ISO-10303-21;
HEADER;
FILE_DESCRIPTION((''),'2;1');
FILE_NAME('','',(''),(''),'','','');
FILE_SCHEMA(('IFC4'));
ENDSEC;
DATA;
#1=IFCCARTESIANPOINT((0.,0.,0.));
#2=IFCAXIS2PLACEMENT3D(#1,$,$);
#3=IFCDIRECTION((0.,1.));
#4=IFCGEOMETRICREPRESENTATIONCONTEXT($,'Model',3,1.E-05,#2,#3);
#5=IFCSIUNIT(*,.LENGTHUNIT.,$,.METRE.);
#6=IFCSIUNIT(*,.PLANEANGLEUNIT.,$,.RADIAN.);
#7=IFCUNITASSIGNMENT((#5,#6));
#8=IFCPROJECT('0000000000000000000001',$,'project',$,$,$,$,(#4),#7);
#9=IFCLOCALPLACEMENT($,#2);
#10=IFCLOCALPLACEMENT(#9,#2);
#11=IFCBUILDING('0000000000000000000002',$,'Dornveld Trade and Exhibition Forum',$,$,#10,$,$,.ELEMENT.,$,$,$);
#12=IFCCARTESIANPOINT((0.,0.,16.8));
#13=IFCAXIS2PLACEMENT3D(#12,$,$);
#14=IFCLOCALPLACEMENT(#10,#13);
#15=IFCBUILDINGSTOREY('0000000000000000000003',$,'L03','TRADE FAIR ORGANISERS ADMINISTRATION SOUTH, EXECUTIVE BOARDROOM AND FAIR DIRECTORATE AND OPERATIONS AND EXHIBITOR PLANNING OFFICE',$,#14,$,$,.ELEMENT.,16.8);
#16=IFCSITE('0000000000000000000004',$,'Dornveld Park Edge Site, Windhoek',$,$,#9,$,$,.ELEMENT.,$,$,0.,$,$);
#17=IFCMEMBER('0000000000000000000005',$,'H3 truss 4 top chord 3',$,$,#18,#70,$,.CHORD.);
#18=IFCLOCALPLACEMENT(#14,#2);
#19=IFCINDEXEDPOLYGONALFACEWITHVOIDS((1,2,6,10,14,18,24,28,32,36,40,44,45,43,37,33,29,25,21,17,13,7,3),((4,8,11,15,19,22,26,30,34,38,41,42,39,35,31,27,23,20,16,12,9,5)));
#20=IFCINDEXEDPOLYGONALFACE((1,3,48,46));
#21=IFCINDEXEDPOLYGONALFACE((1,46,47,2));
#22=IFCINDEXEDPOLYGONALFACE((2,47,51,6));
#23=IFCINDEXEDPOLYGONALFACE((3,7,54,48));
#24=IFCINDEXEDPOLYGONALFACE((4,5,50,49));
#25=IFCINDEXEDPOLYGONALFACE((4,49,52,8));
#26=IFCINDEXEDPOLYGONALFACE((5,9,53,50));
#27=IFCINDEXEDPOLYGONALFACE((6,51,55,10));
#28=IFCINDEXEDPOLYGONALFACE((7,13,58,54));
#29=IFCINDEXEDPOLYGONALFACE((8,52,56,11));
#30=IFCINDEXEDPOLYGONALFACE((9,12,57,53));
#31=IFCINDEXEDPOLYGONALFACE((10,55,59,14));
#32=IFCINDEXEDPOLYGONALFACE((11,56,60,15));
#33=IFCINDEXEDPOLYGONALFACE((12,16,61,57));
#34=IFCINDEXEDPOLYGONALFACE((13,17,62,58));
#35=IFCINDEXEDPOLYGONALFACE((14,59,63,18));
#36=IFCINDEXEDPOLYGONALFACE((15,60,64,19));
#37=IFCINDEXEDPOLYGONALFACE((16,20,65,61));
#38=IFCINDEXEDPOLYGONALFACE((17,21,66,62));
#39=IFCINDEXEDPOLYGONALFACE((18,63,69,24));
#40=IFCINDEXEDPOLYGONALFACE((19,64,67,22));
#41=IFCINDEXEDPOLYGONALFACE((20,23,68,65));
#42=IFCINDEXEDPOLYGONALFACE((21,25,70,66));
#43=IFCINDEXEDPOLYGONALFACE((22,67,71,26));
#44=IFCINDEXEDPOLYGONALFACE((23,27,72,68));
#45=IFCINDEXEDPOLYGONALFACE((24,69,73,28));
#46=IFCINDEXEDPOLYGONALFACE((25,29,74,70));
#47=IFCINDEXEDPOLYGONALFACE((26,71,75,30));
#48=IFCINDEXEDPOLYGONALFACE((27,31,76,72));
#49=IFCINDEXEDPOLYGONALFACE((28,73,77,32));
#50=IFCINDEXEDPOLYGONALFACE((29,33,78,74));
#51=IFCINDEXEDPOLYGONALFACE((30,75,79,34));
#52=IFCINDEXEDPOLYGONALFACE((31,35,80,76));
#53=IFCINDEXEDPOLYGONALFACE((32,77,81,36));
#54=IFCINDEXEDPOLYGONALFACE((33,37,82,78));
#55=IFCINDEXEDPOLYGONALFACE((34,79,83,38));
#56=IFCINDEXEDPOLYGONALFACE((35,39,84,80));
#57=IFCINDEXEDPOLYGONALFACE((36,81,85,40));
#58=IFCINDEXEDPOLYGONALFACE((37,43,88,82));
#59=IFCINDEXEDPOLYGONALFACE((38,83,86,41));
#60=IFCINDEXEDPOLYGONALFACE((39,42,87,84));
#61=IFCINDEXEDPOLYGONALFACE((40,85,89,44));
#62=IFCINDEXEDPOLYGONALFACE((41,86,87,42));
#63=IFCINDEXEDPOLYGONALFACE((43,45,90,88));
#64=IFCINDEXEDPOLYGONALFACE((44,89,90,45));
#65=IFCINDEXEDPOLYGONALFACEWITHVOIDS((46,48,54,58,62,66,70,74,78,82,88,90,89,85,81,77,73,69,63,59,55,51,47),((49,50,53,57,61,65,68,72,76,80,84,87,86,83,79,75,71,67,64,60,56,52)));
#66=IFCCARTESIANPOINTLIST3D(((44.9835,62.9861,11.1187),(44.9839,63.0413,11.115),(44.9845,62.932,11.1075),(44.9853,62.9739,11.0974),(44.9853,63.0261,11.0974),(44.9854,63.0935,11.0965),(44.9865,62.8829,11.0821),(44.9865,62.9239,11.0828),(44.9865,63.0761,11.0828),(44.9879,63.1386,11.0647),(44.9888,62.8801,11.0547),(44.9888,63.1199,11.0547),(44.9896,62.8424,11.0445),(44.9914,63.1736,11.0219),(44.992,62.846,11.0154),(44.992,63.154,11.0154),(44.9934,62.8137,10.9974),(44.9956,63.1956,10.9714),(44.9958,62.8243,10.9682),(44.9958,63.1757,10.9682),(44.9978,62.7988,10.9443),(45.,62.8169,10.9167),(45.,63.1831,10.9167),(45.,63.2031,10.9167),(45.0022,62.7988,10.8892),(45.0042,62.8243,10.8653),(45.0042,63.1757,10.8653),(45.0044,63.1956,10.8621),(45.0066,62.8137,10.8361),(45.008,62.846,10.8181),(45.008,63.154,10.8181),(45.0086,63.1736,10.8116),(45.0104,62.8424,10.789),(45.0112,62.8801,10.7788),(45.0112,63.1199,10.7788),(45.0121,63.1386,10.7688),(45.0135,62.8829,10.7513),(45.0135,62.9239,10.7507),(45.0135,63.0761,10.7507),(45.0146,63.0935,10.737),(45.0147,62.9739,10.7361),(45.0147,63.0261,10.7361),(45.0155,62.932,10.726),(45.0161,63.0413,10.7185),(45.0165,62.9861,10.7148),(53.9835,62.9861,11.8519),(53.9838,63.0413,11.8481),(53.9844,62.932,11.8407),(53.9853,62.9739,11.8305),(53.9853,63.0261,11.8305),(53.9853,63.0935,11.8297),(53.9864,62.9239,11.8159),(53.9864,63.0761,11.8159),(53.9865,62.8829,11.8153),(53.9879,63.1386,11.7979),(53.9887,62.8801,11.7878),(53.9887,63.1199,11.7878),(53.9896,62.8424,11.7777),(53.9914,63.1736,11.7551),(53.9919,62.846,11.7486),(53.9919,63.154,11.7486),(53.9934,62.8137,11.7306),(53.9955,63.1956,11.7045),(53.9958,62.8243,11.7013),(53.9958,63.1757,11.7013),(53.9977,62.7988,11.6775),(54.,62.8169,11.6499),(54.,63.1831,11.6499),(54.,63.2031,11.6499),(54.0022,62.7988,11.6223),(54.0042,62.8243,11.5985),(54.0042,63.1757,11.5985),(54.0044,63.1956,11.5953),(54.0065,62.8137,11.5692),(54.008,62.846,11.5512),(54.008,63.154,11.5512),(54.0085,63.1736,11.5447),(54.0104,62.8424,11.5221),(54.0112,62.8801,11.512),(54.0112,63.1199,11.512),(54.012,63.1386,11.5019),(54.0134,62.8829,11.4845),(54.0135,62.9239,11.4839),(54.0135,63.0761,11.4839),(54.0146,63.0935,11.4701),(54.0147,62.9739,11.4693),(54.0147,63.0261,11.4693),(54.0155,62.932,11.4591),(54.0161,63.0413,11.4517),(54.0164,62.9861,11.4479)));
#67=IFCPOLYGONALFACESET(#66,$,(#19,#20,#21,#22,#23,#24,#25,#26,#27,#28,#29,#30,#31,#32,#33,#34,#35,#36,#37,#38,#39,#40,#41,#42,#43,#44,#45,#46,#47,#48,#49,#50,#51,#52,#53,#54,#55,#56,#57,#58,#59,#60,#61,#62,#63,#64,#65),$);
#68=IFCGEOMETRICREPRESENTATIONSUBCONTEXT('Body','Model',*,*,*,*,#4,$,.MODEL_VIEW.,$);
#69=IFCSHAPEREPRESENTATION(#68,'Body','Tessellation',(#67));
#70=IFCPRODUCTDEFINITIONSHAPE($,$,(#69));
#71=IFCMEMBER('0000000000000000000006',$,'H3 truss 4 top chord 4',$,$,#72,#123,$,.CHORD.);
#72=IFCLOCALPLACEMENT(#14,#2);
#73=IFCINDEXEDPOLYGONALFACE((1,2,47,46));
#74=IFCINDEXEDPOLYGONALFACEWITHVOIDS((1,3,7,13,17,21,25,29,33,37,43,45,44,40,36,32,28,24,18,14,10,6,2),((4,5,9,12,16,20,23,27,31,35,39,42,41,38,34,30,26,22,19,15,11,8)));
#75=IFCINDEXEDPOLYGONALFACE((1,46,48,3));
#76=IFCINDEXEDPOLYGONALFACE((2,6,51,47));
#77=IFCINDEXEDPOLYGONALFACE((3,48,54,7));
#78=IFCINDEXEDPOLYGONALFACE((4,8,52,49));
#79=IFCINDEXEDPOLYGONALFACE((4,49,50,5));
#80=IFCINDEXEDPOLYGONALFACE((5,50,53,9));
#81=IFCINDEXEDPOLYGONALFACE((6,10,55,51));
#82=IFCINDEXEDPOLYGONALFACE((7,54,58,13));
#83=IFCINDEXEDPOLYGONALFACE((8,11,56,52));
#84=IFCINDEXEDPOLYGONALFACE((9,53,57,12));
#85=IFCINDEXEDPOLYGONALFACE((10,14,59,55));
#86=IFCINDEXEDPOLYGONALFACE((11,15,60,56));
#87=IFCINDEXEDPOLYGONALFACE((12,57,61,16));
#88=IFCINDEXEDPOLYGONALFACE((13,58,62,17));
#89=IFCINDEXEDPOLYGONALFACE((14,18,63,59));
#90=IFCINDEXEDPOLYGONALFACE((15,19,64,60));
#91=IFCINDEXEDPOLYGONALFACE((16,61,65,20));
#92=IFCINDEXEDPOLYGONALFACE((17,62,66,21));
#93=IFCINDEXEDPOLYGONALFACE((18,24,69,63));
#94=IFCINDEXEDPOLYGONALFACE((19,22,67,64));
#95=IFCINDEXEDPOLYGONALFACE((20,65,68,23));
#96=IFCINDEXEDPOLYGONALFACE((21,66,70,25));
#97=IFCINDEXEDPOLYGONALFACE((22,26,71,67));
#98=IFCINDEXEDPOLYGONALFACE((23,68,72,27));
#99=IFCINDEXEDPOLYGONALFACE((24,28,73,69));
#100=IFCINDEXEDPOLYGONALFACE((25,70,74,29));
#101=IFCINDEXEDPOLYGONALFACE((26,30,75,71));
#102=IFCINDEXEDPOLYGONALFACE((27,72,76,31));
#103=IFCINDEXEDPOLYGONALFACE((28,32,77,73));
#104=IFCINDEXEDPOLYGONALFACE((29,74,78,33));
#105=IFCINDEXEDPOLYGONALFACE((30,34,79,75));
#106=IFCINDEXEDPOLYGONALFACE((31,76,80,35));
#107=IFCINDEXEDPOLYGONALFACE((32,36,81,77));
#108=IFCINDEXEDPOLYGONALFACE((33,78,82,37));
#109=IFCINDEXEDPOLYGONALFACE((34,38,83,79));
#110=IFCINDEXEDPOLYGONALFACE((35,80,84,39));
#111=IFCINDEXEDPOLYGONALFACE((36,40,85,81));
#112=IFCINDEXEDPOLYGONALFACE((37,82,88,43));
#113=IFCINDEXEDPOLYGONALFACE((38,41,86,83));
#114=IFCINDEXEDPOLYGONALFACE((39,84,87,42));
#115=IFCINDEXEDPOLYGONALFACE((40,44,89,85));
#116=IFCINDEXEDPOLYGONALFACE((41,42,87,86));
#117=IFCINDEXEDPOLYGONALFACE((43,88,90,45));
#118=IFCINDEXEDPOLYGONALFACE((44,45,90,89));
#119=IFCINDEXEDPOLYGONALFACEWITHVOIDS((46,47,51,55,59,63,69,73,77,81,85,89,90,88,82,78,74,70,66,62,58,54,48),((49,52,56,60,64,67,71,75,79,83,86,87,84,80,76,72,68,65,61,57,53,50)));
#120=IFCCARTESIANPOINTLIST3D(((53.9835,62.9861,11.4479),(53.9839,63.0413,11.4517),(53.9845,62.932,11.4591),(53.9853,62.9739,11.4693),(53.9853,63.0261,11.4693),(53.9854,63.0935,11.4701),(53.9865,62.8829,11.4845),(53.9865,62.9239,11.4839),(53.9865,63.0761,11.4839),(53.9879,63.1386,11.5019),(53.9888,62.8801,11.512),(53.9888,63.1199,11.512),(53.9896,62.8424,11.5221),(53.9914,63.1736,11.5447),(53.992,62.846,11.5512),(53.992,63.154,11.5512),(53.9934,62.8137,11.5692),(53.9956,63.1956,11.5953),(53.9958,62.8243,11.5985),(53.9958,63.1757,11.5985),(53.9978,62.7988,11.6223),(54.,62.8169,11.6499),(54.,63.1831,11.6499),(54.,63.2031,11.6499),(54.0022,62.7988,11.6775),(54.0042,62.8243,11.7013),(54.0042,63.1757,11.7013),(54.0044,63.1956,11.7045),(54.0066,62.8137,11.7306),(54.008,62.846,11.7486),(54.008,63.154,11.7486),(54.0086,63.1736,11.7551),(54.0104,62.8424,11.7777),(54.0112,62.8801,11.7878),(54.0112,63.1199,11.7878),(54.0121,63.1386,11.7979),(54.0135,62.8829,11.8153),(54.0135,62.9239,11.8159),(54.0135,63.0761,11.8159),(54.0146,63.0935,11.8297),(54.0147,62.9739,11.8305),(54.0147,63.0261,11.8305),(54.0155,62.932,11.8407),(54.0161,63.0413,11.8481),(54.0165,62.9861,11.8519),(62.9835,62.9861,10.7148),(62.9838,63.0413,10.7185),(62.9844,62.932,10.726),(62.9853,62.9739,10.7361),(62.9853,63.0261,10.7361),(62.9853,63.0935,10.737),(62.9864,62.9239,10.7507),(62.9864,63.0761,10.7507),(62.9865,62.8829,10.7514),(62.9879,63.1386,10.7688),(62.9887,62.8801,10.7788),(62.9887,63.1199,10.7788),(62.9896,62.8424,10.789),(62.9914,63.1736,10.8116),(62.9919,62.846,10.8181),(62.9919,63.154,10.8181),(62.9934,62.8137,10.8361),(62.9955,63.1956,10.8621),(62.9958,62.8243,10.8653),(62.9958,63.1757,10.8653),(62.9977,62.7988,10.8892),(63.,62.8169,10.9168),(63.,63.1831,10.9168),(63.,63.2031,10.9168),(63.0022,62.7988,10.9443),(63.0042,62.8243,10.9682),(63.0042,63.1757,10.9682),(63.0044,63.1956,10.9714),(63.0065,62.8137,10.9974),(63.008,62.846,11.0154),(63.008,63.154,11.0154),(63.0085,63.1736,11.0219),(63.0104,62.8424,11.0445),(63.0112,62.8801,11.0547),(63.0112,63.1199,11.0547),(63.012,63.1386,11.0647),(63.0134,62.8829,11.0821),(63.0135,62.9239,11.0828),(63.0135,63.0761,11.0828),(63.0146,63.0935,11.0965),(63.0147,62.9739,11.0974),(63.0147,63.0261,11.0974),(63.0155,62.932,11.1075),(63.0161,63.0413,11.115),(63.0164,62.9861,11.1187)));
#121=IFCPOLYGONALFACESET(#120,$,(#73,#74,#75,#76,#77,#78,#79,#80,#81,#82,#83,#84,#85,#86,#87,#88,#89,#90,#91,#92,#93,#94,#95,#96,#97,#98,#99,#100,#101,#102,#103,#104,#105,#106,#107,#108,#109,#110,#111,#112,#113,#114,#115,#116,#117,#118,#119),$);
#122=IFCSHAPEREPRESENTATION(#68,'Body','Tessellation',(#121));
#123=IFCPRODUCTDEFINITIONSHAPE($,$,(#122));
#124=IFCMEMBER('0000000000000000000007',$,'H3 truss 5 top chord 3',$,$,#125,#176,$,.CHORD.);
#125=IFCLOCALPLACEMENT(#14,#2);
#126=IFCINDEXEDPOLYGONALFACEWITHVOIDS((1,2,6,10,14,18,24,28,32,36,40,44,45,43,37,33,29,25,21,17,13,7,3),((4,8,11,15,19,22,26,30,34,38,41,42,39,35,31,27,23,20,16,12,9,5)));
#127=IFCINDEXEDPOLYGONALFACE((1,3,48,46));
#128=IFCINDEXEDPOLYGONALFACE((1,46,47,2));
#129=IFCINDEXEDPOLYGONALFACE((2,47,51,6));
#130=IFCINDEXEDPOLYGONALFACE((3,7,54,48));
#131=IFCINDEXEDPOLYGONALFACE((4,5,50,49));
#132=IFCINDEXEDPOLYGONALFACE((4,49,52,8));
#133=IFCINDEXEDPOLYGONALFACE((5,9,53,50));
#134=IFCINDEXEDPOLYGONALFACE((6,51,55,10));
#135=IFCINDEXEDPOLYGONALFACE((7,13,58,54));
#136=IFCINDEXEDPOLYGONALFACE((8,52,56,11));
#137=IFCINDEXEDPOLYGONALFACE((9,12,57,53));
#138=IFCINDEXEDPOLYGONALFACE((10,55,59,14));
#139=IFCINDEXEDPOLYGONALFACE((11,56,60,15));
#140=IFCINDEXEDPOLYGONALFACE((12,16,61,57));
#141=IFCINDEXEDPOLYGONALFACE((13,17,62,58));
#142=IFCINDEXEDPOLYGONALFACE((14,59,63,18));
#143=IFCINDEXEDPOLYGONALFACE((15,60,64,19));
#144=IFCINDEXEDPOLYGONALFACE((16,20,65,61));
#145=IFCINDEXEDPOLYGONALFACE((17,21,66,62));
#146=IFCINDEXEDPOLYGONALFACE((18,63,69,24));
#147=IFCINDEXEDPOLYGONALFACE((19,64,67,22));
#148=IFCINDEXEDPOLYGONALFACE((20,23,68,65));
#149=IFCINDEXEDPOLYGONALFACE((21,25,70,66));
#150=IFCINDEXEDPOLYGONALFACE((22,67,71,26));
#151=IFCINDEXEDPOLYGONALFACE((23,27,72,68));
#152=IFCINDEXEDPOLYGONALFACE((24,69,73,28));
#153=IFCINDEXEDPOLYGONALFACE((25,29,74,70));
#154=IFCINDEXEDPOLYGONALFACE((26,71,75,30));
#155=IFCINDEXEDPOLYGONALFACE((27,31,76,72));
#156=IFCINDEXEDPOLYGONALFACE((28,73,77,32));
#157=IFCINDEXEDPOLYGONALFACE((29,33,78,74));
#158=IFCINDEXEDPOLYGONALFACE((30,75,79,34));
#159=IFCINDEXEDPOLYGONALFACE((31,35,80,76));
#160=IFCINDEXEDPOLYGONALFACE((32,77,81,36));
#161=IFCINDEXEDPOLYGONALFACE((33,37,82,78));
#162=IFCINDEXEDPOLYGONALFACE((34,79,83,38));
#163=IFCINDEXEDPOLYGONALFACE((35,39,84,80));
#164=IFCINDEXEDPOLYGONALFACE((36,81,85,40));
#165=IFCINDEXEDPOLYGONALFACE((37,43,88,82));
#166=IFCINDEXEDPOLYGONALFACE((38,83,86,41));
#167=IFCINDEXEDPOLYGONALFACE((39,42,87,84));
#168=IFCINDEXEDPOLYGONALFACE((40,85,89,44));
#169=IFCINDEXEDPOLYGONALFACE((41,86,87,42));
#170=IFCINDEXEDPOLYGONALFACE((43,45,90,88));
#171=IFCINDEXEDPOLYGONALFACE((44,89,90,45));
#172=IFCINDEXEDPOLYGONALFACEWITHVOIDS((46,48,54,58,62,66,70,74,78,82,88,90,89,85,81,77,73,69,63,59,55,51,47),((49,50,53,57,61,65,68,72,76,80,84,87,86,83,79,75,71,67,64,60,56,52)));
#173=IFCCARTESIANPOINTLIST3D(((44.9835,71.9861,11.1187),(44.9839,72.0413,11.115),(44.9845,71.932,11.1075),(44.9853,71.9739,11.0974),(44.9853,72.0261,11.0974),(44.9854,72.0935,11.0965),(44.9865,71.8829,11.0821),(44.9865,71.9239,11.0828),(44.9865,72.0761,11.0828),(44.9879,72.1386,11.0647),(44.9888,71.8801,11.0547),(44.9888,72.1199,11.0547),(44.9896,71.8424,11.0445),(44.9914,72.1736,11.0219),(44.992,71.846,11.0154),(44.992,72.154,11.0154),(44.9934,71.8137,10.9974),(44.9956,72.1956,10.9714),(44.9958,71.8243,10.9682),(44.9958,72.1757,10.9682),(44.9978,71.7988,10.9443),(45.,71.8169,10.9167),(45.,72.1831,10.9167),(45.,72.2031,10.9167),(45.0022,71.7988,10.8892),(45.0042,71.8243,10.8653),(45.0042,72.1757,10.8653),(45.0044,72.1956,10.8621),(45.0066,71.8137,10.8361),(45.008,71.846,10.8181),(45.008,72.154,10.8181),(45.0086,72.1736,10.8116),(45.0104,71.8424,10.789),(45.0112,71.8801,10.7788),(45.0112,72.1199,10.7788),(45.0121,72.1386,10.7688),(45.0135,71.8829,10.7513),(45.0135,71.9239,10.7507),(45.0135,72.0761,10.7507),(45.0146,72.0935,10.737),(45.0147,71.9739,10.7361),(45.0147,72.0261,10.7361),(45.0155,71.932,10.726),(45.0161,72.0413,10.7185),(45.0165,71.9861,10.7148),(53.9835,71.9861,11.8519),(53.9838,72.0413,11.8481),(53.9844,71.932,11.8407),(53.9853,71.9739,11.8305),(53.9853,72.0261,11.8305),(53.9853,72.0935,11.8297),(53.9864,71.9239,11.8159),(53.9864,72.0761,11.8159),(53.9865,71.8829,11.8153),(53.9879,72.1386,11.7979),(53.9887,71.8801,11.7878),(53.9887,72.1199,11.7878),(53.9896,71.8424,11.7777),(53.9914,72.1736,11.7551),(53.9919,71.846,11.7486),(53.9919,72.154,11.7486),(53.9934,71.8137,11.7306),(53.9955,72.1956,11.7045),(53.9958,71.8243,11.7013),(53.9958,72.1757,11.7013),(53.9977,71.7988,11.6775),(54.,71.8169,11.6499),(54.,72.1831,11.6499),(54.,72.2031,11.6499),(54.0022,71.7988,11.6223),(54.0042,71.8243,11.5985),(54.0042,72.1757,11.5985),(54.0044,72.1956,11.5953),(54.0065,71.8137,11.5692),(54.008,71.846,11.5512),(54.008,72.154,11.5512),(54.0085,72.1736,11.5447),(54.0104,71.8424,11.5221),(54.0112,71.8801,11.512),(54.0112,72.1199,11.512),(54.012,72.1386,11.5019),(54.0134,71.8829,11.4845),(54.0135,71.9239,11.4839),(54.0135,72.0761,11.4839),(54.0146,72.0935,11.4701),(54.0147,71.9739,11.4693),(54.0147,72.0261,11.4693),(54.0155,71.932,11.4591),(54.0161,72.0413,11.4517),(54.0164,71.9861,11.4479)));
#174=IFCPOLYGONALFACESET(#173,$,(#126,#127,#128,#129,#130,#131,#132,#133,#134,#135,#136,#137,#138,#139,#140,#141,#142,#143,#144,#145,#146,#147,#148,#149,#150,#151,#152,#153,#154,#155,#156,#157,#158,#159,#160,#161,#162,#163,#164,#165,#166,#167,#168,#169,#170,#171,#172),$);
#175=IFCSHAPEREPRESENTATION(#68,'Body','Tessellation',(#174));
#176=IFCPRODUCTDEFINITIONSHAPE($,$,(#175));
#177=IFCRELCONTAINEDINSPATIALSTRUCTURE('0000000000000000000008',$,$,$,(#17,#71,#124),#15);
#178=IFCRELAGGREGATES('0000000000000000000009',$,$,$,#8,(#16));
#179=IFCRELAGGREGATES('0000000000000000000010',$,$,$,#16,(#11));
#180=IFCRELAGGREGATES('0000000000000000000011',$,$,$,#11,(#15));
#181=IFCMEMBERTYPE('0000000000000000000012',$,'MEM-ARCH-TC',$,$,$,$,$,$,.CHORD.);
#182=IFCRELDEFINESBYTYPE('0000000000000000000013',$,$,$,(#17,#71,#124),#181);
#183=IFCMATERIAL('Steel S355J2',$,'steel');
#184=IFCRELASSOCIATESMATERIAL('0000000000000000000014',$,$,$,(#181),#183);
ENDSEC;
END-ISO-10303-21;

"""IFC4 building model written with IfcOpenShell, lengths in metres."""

from ifc_helpers import new_model, si_unit, direction, frame, origin, origin_2d, place, context, subcontext, project, spatial, hollow_circle, extrude, material, material_profile, profile_set, type_object, element, save


model = new_model("IFC4")

# Units and contexts
model_context = context("Model", 3, precision=1e-05, world=origin(), true_north=direction((0.0, 1.0)))
body_context = subcontext(model_context, "Body", "Model", "MODEL_VIEW")
ifc_project = project(units=[si_unit("LENGTHUNIT", "METRE"), si_unit("PLANEANGLEUNIT", "RADIAN")], contexts=[model_context])

# Site, building, storey
site_placement = place(None, origin())
site = spatial("IfcSite", under=ifc_project, at=site_placement, Name="Dornveld Park Edge Site, Windhoek", CompositionType="ELEMENT", RefElevation=0.0)
building_placement = place(site_placement, origin())
building = spatial("IfcBuilding", under=site, at=building_placement, Name="Dornveld Trade and Exhibition Forum", CompositionType="ELEMENT")
storey_placement = place(building_placement, frame((0.0, 0.0, 16.8)))
storey = spatial("IfcBuildingStorey", under=building, at=storey_placement, Name="L03", Description="TRADE FAIR ORGANISERS ADMINISTRATION SOUTH, EXECUTIVE BOARDROOM AND FAIR DIRECTORATE AND OPERATIONS AND EXHIBITOR PLANNING OFFICE", CompositionType="ELEMENT", Elevation=16.8)

# Members
ifc_material_1 = material(Name="Steel S355J2", Category="steel")
ifc_material_profile_1 = material_profile(ifc_material_1, hollow_circle(Radius=0.2031, WallThickness=0.02, at=origin_2d()), Name="CHS 406.4x20")
ifc_profile_set_1 = profile_set([ifc_material_profile_1], Name="Steel S355J2")
member_type_1 = type_object("IfcMemberType", Name="MEM-ARCH-TC", PredefinedType="CHORD", material=ifc_profile_set_1)
for number, where, z_axis, x_axis, name in (
    (1, (45.0, 63.0, 10.9167), (0.996698, 0.0, 0.081193), (0.0, 1.0, 0.0), "H3 truss 4 top chord 3"),
    (2, (54.0, 63.0, 11.6499), (0.996698, 0.0, -0.081193), (0.0, 1.0, 0.0), "H3 truss 4 top chord 4"),
    (3, (45.0, 72.0, 10.9167), (0.996698, 0.0, 0.081193), (0.0, 1.0, 0.0), "H3 truss 5 top chord 3"),
):
    element("IfcMember", number, at=place(storey_placement, frame(where, z_axis=z_axis, x_axis=x_axis)), inside=storey, type_object=member_type_1, Name=name, PredefinedType="CHORD", context=body_context, shape_type="SweptSolid", body=[
        extrude(hollow_circle(Radius=0.2031, WallThickness=0.02, at=origin_2d()), origin(), (0.0, 0.0, 1.0), 9.0298),
    ])

save(model, "model.ifc")
